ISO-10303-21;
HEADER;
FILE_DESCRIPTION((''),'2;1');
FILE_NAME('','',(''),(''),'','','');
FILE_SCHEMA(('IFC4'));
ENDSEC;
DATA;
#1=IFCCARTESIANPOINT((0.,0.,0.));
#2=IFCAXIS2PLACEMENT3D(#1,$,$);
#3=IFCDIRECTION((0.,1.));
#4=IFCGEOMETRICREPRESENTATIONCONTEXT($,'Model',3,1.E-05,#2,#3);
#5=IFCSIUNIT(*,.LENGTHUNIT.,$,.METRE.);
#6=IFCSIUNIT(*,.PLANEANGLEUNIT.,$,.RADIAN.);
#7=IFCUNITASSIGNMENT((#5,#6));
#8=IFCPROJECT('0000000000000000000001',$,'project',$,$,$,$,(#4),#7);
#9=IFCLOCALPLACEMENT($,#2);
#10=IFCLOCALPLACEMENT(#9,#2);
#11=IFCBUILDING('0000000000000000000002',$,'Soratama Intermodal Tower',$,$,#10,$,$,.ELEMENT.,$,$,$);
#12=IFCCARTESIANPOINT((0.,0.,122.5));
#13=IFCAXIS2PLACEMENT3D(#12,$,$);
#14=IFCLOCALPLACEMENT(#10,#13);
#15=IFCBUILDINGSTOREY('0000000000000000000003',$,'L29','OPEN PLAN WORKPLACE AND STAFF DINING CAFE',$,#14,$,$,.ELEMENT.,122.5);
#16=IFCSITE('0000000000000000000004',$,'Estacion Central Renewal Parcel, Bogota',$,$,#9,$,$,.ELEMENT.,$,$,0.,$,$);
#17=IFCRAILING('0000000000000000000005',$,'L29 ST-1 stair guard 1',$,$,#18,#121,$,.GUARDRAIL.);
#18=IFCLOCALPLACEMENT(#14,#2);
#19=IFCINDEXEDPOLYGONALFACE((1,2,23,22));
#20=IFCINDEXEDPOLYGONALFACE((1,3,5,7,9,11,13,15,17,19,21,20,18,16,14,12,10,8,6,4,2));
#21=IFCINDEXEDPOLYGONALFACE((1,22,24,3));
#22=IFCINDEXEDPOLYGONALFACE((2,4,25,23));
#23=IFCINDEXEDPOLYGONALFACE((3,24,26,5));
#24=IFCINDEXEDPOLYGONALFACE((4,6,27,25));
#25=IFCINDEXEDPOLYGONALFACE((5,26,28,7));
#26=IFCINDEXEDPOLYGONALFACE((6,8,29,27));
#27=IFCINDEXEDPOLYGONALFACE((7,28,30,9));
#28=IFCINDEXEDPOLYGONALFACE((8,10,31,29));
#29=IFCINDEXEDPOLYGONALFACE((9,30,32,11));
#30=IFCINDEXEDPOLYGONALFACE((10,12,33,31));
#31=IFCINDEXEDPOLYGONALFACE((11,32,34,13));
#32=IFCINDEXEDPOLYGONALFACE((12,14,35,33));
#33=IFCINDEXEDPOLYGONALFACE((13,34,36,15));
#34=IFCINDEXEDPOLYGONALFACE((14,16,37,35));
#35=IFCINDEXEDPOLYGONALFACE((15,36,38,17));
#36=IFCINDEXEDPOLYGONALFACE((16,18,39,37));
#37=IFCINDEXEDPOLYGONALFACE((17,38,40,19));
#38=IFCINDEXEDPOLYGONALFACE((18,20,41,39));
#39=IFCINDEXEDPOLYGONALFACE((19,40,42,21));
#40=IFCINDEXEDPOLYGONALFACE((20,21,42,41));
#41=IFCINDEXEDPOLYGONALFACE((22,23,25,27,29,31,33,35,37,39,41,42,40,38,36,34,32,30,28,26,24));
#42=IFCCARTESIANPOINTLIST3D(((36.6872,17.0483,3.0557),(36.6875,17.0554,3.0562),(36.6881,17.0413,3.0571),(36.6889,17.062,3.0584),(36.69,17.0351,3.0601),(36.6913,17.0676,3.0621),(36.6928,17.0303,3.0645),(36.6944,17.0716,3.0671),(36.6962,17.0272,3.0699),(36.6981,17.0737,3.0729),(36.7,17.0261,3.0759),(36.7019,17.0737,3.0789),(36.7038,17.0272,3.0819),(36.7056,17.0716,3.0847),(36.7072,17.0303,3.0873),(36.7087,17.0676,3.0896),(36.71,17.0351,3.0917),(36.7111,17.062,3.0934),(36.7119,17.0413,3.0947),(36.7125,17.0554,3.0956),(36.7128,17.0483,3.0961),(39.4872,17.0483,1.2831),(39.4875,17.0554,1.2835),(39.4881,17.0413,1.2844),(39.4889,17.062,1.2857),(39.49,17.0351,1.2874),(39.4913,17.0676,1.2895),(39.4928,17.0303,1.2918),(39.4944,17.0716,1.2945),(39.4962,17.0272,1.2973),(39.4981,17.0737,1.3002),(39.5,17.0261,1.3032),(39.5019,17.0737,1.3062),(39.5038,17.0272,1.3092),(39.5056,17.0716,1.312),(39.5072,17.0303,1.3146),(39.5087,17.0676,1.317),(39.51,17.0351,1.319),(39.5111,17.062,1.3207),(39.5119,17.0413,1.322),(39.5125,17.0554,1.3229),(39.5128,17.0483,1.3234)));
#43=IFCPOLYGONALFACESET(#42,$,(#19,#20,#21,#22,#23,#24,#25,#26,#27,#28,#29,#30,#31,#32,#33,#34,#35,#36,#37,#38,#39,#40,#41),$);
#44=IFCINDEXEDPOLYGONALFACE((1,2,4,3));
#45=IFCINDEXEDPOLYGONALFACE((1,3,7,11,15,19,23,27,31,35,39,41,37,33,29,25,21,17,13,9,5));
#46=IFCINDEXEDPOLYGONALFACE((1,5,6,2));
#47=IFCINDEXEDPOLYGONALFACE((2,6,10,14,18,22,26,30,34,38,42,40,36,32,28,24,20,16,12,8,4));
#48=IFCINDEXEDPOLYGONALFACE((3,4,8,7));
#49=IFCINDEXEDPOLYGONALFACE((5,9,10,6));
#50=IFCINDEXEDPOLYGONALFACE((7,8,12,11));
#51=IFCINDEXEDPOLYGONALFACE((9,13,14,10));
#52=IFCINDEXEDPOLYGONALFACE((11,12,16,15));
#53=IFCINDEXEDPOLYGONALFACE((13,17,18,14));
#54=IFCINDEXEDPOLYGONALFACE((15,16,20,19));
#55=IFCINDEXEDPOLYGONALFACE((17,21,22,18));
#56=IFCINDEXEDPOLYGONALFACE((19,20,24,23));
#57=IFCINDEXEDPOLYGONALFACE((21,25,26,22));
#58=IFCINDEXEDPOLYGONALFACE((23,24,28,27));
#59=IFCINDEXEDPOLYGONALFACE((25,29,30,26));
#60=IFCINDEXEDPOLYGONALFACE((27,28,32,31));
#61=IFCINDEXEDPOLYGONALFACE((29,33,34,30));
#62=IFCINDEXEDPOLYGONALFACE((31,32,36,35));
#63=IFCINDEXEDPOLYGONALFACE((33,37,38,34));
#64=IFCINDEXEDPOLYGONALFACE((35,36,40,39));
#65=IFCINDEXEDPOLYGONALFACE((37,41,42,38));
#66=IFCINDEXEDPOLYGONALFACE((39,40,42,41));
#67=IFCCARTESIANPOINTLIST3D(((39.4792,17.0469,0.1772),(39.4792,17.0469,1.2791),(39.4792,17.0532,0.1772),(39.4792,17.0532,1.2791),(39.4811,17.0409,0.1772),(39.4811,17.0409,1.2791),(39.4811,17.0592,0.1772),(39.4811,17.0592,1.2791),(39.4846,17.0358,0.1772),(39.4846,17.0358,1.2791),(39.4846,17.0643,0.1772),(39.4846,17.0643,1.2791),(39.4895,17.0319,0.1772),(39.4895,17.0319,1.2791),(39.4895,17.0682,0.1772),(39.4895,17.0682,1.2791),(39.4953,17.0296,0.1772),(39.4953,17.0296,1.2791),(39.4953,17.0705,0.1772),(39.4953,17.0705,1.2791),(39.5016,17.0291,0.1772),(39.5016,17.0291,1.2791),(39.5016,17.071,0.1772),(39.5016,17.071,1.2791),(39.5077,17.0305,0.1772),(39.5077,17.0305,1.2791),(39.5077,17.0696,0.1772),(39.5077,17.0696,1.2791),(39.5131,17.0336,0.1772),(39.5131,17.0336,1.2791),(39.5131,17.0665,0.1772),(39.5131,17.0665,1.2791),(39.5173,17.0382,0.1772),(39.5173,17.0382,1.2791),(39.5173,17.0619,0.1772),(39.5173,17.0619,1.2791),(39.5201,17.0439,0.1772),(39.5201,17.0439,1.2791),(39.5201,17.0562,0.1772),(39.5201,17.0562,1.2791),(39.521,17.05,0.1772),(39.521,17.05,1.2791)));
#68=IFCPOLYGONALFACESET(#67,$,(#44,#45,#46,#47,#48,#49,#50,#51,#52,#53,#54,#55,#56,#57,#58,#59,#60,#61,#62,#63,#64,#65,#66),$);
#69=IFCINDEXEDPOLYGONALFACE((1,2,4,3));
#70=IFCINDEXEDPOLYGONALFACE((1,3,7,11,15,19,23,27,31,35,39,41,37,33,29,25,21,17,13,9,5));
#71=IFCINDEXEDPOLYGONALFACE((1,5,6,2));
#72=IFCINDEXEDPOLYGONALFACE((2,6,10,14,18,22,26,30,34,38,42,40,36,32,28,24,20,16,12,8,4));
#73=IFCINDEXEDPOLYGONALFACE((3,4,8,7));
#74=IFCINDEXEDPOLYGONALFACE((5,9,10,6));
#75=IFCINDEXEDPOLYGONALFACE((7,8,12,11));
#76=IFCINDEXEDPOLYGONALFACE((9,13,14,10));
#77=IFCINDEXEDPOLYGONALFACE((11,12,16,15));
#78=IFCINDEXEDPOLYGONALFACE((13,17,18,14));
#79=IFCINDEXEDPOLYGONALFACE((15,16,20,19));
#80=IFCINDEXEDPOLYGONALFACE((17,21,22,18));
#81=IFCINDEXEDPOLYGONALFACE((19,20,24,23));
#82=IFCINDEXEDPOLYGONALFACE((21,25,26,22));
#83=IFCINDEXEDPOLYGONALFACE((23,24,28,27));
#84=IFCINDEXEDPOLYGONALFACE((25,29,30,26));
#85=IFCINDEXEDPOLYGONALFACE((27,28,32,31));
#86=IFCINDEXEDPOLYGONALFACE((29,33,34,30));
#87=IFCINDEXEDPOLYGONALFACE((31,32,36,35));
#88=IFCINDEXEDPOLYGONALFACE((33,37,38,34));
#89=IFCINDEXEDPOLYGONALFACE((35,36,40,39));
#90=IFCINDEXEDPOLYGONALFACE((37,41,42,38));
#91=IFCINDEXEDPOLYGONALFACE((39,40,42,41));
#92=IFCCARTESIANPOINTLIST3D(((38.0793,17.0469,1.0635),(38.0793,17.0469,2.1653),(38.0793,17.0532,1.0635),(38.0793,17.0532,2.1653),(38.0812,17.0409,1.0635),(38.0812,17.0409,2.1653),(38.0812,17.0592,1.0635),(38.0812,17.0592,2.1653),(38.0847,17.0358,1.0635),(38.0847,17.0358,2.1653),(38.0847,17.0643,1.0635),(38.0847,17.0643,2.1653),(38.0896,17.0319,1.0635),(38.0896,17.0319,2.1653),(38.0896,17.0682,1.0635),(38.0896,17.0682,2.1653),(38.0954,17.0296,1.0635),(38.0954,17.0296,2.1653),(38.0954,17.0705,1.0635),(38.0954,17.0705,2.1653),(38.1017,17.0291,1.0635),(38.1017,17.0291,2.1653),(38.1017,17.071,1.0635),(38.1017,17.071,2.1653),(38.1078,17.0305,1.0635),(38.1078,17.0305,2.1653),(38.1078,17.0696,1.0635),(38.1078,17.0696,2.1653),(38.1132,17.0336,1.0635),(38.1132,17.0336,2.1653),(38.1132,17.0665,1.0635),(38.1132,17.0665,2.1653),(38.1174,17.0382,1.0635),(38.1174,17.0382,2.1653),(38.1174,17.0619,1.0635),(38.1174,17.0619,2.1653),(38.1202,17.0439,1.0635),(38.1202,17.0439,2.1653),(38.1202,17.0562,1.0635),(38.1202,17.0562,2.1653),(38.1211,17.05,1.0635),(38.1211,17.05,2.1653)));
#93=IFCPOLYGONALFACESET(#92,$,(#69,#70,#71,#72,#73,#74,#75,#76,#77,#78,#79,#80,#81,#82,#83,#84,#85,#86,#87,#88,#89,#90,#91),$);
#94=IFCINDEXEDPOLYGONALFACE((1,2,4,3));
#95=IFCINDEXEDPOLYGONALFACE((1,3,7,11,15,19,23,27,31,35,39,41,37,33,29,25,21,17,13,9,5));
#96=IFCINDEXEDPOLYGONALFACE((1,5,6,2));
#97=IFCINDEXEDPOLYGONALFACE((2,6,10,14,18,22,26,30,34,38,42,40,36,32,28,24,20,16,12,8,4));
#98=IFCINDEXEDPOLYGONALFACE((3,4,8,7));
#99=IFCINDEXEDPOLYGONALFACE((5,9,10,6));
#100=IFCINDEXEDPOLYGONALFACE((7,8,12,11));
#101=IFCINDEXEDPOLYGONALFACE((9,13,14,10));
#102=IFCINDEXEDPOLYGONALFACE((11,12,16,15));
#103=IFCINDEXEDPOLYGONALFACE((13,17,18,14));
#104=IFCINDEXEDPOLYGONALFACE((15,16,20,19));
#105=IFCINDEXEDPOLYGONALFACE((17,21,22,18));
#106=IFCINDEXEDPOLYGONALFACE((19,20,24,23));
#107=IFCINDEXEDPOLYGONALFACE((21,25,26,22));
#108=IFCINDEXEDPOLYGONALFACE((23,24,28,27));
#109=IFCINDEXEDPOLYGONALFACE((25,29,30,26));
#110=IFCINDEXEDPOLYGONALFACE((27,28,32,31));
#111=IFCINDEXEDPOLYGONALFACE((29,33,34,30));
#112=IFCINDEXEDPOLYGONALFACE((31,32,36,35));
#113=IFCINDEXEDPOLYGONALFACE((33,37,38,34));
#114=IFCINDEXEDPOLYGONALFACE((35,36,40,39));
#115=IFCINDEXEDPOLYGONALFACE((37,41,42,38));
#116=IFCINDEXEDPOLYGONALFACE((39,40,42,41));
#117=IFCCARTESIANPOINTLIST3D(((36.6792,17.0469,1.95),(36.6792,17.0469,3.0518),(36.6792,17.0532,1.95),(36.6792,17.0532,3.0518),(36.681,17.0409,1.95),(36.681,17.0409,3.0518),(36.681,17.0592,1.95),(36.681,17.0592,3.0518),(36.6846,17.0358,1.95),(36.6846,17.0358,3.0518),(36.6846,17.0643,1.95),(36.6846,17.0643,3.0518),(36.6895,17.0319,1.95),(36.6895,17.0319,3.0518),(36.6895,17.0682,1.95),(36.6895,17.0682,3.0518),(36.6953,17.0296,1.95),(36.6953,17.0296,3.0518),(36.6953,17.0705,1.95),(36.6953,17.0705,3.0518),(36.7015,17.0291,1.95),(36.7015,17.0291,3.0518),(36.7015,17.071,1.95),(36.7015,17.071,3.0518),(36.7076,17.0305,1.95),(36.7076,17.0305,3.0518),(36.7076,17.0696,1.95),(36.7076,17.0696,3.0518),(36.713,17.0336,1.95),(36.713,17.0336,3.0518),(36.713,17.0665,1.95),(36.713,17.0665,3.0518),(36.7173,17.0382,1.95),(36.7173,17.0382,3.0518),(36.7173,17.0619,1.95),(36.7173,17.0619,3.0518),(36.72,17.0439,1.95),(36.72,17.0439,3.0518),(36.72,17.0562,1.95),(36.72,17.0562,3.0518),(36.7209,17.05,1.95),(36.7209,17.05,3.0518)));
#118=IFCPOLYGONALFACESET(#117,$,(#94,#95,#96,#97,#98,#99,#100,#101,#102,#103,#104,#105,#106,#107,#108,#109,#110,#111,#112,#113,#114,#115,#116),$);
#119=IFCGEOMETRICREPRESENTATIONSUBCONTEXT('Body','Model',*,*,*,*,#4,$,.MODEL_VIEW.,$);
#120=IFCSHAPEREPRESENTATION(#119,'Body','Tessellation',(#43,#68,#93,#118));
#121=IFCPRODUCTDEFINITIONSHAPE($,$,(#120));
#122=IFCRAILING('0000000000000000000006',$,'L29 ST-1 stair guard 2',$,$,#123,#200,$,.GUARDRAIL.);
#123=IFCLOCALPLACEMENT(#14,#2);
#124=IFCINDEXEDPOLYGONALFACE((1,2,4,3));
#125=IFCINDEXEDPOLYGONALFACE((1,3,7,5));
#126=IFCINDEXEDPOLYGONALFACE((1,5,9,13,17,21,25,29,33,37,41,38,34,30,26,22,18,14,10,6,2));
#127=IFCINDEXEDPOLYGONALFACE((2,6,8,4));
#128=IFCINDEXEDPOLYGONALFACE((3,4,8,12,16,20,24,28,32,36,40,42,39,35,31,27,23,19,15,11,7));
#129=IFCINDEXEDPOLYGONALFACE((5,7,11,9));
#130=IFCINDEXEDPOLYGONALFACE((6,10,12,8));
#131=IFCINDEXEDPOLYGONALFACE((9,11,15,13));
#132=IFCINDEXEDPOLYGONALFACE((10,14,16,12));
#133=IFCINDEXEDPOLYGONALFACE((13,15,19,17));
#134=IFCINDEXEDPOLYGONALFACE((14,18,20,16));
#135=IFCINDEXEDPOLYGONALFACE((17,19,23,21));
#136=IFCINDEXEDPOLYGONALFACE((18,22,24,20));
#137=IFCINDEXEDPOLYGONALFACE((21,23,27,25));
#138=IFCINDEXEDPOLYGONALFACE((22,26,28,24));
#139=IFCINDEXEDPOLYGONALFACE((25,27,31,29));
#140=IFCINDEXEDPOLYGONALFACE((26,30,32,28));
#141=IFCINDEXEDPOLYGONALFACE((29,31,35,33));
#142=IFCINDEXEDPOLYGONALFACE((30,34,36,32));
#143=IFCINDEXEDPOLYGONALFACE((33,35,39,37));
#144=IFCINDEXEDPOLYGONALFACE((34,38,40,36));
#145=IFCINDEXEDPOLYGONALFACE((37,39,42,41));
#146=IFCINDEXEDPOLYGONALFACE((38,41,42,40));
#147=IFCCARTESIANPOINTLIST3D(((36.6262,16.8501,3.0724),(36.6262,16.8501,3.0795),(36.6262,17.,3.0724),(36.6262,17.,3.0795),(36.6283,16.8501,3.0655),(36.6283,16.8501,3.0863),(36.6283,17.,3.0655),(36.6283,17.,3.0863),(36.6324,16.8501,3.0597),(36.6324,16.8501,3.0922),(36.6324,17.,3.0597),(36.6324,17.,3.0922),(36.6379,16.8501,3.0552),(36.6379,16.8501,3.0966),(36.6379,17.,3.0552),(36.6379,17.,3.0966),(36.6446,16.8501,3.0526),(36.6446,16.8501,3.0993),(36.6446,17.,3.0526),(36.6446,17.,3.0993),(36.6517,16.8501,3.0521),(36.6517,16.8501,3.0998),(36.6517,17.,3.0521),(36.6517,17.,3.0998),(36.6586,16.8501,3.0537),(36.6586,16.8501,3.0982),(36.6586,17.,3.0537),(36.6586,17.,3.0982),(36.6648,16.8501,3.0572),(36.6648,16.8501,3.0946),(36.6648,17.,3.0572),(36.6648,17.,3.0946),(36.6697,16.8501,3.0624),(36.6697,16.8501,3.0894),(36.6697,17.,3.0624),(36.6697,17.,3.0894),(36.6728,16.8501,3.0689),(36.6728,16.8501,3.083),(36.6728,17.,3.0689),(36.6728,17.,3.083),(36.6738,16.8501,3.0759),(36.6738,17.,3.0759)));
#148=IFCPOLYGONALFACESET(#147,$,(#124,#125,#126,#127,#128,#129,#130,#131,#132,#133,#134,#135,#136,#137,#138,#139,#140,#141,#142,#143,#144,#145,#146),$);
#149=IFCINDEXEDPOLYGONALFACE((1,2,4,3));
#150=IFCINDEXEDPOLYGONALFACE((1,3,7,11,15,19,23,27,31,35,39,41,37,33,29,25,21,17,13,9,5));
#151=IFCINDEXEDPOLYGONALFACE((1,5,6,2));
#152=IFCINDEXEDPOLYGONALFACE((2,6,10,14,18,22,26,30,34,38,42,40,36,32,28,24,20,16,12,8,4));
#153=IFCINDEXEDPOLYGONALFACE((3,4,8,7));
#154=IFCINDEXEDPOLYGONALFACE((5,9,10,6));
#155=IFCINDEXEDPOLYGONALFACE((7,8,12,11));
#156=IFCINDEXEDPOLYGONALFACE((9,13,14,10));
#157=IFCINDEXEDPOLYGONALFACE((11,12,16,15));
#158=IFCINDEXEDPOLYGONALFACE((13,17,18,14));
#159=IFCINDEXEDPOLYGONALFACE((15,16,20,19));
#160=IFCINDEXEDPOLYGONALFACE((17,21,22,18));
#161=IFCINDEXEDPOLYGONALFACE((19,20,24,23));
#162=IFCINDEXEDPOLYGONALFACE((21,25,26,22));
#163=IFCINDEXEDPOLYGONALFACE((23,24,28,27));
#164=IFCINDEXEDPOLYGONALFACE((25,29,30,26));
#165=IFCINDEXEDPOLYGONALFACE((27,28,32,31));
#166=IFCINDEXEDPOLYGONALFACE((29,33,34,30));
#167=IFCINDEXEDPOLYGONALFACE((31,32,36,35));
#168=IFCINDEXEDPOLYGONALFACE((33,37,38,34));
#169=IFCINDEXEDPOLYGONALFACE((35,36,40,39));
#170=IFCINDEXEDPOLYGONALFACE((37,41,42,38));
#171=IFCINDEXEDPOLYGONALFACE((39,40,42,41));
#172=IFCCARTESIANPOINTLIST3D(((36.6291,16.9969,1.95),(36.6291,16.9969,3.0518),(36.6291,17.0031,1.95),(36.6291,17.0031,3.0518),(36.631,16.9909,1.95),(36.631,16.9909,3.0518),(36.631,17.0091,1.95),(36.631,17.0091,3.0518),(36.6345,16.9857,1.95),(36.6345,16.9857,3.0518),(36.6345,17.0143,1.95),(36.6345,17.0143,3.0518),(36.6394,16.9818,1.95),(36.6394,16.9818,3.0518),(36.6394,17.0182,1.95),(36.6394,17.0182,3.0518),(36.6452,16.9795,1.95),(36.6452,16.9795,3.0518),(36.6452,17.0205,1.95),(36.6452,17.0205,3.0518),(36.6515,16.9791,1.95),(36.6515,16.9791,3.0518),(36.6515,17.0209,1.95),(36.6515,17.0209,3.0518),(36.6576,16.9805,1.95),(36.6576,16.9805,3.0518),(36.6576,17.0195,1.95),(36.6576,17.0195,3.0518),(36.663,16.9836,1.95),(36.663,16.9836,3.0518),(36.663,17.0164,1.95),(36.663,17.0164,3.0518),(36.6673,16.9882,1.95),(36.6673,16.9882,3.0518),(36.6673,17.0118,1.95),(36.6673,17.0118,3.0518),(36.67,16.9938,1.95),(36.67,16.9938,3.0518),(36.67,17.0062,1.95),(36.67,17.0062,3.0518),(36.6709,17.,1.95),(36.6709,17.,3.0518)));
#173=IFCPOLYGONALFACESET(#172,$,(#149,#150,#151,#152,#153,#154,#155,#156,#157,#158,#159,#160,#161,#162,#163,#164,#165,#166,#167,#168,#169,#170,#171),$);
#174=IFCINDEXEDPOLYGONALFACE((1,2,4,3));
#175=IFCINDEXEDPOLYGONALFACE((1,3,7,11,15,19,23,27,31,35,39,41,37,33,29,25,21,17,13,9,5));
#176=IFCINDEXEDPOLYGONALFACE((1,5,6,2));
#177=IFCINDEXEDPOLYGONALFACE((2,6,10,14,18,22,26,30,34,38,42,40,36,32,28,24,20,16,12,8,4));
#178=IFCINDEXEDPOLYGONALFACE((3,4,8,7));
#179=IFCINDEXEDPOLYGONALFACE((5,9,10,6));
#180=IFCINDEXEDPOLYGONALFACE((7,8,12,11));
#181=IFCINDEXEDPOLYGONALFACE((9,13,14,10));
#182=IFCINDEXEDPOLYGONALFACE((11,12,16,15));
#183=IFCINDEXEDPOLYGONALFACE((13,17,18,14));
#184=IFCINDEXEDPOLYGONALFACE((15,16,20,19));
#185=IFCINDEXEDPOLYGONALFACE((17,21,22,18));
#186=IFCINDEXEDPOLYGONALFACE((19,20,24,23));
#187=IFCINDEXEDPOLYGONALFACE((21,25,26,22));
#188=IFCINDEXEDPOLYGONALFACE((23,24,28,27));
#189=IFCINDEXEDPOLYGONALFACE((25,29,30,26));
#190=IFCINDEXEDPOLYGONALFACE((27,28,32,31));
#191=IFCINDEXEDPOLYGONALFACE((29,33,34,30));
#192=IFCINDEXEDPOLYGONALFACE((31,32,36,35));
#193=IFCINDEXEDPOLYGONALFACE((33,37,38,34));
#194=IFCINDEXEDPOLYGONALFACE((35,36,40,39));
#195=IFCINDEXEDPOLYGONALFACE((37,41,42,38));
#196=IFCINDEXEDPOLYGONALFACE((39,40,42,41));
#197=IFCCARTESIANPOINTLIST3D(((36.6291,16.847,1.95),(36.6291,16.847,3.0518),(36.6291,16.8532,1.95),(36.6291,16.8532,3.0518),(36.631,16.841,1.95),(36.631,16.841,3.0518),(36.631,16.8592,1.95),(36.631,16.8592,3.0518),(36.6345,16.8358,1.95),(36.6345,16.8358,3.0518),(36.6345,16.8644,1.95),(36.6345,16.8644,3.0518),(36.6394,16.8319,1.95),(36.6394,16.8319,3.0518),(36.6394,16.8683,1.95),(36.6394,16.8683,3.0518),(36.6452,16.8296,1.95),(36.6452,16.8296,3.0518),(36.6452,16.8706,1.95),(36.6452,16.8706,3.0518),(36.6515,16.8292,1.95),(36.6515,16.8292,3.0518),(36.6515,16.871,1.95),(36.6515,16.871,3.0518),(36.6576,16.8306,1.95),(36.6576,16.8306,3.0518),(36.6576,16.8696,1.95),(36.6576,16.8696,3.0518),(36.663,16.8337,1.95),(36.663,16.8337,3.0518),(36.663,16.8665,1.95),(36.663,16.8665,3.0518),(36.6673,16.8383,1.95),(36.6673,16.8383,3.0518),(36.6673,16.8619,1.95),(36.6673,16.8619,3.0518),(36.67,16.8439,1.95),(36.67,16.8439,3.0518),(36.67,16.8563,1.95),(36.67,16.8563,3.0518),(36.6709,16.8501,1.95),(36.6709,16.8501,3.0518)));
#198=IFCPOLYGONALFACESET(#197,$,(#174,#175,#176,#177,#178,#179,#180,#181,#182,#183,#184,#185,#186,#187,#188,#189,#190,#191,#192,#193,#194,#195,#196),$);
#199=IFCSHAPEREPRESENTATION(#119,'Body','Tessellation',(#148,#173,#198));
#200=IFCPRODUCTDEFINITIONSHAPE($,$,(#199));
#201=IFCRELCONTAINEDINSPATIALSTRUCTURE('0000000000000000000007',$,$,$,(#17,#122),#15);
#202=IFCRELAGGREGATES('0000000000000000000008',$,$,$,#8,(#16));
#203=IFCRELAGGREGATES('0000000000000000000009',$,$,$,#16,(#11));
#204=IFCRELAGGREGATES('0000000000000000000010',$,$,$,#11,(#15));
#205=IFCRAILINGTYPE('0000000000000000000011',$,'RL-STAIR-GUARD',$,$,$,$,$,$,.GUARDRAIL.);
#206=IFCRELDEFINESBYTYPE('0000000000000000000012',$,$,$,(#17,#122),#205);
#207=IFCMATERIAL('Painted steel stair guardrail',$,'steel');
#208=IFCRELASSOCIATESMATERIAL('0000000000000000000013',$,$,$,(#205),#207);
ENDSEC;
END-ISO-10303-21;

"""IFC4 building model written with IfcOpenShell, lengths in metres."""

from ifc_helpers import new_model, si_unit, direction, frame, origin, origin_2d, place, context, subcontext, project, spatial, circle, extrude, material, type_object, element, save


model = new_model("IFC4")

# Units and contexts
model_context = context("Model", 3, precision=1e-05, world=origin(), true_north=direction((0.0, 1.0)))
body_context = subcontext(model_context, "Body", "Model", "MODEL_VIEW")
ifc_project = project(units=[si_unit("LENGTHUNIT", "METRE"), si_unit("PLANEANGLEUNIT", "RADIAN")], contexts=[model_context])

# Site, building, storey
site_placement = place(None, origin())
site = spatial("IfcSite", under=ifc_project, at=site_placement, Name="Estacion Central Renewal Parcel, Bogota", CompositionType="ELEMENT", RefElevation=0.0)
building_placement = place(site_placement, origin())
building = spatial("IfcBuilding", under=site, at=building_placement, Name="Soratama Intermodal Tower", CompositionType="ELEMENT")
storey_placement = place(building_placement, frame((0.0, 0.0, 122.5)))
storey = spatial("IfcBuildingStorey", under=building, at=storey_placement, Name="L29", Description="OPEN PLAN WORKPLACE AND STAFF DINING CAFE", CompositionType="ELEMENT", Elevation=122.5)

# Railings
ifc_material_1 = material(Name="Painted steel stair guardrail", Category="steel")
railing_type_1 = type_object("IfcRailingType", Name="RL-STAIR-GUARD", PredefinedType="GUARDRAIL", material=ifc_material_1)
railing_1_placement = place(storey_placement, frame((39.5, 17.05, 0.1772)))
element("IfcRailing", 1, at=railing_1_placement, inside=storey, type_object=railing_type_1, Name="L29 ST-1 stair guard 1", PredefinedType="GUARDRAIL", context=body_context, shape_type="SweptSolid", body=[
    extrude(circle(Radius=0.0239, at=origin_2d()), frame((0.0, 0.0, 1.126), z_axis=(-0.844909, 0.0, 0.53491), x_axis=(0.0, -1.0, 0.0)), (0.0, 0.0, 1.0), 3.314),
    extrude(circle(Radius=0.021, at=origin_2d()), origin(), (0.0, 0.0, 1.0), 1.1018),
    extrude(circle(Radius=0.021, at=origin_2d()), frame((-1.3999, 0.0, 0.8862)), (0.0, 0.0, 1.0), 1.1018),
    extrude(circle(Radius=0.021, at=origin_2d()), frame((-2.8, 0.0, 1.7727)), (0.0, 0.0, 1.0), 1.1018),
])
railing_2_placement = place(storey_placement, frame((36.6499, 17.0, 1.95)))
element("IfcRailing", 2, at=railing_2_placement, inside=storey, type_object=railing_type_1, Name="L29 ST-1 stair guard 2", PredefinedType="GUARDRAIL", context=body_context, shape_type="SweptSolid", body=[
    extrude(circle(Radius=0.0239, at=origin_2d()), frame((0.0, 0.0, 1.126), z_axis=(0.0, -1.0, 0.0), x_axis=(1.0, 0.0, 0.0)), (0.0, 0.0, 1.0), 0.1499),
    extrude(circle(Radius=0.021, at=origin_2d()), origin(), (0.0, 0.0, 1.0), 1.1018),
    extrude(circle(Radius=0.021, at=origin_2d()), frame((0.0, -0.1499, 0.0)), (0.0, 0.0, 1.0), 1.1018),
])

save(model, "model.ifc")
